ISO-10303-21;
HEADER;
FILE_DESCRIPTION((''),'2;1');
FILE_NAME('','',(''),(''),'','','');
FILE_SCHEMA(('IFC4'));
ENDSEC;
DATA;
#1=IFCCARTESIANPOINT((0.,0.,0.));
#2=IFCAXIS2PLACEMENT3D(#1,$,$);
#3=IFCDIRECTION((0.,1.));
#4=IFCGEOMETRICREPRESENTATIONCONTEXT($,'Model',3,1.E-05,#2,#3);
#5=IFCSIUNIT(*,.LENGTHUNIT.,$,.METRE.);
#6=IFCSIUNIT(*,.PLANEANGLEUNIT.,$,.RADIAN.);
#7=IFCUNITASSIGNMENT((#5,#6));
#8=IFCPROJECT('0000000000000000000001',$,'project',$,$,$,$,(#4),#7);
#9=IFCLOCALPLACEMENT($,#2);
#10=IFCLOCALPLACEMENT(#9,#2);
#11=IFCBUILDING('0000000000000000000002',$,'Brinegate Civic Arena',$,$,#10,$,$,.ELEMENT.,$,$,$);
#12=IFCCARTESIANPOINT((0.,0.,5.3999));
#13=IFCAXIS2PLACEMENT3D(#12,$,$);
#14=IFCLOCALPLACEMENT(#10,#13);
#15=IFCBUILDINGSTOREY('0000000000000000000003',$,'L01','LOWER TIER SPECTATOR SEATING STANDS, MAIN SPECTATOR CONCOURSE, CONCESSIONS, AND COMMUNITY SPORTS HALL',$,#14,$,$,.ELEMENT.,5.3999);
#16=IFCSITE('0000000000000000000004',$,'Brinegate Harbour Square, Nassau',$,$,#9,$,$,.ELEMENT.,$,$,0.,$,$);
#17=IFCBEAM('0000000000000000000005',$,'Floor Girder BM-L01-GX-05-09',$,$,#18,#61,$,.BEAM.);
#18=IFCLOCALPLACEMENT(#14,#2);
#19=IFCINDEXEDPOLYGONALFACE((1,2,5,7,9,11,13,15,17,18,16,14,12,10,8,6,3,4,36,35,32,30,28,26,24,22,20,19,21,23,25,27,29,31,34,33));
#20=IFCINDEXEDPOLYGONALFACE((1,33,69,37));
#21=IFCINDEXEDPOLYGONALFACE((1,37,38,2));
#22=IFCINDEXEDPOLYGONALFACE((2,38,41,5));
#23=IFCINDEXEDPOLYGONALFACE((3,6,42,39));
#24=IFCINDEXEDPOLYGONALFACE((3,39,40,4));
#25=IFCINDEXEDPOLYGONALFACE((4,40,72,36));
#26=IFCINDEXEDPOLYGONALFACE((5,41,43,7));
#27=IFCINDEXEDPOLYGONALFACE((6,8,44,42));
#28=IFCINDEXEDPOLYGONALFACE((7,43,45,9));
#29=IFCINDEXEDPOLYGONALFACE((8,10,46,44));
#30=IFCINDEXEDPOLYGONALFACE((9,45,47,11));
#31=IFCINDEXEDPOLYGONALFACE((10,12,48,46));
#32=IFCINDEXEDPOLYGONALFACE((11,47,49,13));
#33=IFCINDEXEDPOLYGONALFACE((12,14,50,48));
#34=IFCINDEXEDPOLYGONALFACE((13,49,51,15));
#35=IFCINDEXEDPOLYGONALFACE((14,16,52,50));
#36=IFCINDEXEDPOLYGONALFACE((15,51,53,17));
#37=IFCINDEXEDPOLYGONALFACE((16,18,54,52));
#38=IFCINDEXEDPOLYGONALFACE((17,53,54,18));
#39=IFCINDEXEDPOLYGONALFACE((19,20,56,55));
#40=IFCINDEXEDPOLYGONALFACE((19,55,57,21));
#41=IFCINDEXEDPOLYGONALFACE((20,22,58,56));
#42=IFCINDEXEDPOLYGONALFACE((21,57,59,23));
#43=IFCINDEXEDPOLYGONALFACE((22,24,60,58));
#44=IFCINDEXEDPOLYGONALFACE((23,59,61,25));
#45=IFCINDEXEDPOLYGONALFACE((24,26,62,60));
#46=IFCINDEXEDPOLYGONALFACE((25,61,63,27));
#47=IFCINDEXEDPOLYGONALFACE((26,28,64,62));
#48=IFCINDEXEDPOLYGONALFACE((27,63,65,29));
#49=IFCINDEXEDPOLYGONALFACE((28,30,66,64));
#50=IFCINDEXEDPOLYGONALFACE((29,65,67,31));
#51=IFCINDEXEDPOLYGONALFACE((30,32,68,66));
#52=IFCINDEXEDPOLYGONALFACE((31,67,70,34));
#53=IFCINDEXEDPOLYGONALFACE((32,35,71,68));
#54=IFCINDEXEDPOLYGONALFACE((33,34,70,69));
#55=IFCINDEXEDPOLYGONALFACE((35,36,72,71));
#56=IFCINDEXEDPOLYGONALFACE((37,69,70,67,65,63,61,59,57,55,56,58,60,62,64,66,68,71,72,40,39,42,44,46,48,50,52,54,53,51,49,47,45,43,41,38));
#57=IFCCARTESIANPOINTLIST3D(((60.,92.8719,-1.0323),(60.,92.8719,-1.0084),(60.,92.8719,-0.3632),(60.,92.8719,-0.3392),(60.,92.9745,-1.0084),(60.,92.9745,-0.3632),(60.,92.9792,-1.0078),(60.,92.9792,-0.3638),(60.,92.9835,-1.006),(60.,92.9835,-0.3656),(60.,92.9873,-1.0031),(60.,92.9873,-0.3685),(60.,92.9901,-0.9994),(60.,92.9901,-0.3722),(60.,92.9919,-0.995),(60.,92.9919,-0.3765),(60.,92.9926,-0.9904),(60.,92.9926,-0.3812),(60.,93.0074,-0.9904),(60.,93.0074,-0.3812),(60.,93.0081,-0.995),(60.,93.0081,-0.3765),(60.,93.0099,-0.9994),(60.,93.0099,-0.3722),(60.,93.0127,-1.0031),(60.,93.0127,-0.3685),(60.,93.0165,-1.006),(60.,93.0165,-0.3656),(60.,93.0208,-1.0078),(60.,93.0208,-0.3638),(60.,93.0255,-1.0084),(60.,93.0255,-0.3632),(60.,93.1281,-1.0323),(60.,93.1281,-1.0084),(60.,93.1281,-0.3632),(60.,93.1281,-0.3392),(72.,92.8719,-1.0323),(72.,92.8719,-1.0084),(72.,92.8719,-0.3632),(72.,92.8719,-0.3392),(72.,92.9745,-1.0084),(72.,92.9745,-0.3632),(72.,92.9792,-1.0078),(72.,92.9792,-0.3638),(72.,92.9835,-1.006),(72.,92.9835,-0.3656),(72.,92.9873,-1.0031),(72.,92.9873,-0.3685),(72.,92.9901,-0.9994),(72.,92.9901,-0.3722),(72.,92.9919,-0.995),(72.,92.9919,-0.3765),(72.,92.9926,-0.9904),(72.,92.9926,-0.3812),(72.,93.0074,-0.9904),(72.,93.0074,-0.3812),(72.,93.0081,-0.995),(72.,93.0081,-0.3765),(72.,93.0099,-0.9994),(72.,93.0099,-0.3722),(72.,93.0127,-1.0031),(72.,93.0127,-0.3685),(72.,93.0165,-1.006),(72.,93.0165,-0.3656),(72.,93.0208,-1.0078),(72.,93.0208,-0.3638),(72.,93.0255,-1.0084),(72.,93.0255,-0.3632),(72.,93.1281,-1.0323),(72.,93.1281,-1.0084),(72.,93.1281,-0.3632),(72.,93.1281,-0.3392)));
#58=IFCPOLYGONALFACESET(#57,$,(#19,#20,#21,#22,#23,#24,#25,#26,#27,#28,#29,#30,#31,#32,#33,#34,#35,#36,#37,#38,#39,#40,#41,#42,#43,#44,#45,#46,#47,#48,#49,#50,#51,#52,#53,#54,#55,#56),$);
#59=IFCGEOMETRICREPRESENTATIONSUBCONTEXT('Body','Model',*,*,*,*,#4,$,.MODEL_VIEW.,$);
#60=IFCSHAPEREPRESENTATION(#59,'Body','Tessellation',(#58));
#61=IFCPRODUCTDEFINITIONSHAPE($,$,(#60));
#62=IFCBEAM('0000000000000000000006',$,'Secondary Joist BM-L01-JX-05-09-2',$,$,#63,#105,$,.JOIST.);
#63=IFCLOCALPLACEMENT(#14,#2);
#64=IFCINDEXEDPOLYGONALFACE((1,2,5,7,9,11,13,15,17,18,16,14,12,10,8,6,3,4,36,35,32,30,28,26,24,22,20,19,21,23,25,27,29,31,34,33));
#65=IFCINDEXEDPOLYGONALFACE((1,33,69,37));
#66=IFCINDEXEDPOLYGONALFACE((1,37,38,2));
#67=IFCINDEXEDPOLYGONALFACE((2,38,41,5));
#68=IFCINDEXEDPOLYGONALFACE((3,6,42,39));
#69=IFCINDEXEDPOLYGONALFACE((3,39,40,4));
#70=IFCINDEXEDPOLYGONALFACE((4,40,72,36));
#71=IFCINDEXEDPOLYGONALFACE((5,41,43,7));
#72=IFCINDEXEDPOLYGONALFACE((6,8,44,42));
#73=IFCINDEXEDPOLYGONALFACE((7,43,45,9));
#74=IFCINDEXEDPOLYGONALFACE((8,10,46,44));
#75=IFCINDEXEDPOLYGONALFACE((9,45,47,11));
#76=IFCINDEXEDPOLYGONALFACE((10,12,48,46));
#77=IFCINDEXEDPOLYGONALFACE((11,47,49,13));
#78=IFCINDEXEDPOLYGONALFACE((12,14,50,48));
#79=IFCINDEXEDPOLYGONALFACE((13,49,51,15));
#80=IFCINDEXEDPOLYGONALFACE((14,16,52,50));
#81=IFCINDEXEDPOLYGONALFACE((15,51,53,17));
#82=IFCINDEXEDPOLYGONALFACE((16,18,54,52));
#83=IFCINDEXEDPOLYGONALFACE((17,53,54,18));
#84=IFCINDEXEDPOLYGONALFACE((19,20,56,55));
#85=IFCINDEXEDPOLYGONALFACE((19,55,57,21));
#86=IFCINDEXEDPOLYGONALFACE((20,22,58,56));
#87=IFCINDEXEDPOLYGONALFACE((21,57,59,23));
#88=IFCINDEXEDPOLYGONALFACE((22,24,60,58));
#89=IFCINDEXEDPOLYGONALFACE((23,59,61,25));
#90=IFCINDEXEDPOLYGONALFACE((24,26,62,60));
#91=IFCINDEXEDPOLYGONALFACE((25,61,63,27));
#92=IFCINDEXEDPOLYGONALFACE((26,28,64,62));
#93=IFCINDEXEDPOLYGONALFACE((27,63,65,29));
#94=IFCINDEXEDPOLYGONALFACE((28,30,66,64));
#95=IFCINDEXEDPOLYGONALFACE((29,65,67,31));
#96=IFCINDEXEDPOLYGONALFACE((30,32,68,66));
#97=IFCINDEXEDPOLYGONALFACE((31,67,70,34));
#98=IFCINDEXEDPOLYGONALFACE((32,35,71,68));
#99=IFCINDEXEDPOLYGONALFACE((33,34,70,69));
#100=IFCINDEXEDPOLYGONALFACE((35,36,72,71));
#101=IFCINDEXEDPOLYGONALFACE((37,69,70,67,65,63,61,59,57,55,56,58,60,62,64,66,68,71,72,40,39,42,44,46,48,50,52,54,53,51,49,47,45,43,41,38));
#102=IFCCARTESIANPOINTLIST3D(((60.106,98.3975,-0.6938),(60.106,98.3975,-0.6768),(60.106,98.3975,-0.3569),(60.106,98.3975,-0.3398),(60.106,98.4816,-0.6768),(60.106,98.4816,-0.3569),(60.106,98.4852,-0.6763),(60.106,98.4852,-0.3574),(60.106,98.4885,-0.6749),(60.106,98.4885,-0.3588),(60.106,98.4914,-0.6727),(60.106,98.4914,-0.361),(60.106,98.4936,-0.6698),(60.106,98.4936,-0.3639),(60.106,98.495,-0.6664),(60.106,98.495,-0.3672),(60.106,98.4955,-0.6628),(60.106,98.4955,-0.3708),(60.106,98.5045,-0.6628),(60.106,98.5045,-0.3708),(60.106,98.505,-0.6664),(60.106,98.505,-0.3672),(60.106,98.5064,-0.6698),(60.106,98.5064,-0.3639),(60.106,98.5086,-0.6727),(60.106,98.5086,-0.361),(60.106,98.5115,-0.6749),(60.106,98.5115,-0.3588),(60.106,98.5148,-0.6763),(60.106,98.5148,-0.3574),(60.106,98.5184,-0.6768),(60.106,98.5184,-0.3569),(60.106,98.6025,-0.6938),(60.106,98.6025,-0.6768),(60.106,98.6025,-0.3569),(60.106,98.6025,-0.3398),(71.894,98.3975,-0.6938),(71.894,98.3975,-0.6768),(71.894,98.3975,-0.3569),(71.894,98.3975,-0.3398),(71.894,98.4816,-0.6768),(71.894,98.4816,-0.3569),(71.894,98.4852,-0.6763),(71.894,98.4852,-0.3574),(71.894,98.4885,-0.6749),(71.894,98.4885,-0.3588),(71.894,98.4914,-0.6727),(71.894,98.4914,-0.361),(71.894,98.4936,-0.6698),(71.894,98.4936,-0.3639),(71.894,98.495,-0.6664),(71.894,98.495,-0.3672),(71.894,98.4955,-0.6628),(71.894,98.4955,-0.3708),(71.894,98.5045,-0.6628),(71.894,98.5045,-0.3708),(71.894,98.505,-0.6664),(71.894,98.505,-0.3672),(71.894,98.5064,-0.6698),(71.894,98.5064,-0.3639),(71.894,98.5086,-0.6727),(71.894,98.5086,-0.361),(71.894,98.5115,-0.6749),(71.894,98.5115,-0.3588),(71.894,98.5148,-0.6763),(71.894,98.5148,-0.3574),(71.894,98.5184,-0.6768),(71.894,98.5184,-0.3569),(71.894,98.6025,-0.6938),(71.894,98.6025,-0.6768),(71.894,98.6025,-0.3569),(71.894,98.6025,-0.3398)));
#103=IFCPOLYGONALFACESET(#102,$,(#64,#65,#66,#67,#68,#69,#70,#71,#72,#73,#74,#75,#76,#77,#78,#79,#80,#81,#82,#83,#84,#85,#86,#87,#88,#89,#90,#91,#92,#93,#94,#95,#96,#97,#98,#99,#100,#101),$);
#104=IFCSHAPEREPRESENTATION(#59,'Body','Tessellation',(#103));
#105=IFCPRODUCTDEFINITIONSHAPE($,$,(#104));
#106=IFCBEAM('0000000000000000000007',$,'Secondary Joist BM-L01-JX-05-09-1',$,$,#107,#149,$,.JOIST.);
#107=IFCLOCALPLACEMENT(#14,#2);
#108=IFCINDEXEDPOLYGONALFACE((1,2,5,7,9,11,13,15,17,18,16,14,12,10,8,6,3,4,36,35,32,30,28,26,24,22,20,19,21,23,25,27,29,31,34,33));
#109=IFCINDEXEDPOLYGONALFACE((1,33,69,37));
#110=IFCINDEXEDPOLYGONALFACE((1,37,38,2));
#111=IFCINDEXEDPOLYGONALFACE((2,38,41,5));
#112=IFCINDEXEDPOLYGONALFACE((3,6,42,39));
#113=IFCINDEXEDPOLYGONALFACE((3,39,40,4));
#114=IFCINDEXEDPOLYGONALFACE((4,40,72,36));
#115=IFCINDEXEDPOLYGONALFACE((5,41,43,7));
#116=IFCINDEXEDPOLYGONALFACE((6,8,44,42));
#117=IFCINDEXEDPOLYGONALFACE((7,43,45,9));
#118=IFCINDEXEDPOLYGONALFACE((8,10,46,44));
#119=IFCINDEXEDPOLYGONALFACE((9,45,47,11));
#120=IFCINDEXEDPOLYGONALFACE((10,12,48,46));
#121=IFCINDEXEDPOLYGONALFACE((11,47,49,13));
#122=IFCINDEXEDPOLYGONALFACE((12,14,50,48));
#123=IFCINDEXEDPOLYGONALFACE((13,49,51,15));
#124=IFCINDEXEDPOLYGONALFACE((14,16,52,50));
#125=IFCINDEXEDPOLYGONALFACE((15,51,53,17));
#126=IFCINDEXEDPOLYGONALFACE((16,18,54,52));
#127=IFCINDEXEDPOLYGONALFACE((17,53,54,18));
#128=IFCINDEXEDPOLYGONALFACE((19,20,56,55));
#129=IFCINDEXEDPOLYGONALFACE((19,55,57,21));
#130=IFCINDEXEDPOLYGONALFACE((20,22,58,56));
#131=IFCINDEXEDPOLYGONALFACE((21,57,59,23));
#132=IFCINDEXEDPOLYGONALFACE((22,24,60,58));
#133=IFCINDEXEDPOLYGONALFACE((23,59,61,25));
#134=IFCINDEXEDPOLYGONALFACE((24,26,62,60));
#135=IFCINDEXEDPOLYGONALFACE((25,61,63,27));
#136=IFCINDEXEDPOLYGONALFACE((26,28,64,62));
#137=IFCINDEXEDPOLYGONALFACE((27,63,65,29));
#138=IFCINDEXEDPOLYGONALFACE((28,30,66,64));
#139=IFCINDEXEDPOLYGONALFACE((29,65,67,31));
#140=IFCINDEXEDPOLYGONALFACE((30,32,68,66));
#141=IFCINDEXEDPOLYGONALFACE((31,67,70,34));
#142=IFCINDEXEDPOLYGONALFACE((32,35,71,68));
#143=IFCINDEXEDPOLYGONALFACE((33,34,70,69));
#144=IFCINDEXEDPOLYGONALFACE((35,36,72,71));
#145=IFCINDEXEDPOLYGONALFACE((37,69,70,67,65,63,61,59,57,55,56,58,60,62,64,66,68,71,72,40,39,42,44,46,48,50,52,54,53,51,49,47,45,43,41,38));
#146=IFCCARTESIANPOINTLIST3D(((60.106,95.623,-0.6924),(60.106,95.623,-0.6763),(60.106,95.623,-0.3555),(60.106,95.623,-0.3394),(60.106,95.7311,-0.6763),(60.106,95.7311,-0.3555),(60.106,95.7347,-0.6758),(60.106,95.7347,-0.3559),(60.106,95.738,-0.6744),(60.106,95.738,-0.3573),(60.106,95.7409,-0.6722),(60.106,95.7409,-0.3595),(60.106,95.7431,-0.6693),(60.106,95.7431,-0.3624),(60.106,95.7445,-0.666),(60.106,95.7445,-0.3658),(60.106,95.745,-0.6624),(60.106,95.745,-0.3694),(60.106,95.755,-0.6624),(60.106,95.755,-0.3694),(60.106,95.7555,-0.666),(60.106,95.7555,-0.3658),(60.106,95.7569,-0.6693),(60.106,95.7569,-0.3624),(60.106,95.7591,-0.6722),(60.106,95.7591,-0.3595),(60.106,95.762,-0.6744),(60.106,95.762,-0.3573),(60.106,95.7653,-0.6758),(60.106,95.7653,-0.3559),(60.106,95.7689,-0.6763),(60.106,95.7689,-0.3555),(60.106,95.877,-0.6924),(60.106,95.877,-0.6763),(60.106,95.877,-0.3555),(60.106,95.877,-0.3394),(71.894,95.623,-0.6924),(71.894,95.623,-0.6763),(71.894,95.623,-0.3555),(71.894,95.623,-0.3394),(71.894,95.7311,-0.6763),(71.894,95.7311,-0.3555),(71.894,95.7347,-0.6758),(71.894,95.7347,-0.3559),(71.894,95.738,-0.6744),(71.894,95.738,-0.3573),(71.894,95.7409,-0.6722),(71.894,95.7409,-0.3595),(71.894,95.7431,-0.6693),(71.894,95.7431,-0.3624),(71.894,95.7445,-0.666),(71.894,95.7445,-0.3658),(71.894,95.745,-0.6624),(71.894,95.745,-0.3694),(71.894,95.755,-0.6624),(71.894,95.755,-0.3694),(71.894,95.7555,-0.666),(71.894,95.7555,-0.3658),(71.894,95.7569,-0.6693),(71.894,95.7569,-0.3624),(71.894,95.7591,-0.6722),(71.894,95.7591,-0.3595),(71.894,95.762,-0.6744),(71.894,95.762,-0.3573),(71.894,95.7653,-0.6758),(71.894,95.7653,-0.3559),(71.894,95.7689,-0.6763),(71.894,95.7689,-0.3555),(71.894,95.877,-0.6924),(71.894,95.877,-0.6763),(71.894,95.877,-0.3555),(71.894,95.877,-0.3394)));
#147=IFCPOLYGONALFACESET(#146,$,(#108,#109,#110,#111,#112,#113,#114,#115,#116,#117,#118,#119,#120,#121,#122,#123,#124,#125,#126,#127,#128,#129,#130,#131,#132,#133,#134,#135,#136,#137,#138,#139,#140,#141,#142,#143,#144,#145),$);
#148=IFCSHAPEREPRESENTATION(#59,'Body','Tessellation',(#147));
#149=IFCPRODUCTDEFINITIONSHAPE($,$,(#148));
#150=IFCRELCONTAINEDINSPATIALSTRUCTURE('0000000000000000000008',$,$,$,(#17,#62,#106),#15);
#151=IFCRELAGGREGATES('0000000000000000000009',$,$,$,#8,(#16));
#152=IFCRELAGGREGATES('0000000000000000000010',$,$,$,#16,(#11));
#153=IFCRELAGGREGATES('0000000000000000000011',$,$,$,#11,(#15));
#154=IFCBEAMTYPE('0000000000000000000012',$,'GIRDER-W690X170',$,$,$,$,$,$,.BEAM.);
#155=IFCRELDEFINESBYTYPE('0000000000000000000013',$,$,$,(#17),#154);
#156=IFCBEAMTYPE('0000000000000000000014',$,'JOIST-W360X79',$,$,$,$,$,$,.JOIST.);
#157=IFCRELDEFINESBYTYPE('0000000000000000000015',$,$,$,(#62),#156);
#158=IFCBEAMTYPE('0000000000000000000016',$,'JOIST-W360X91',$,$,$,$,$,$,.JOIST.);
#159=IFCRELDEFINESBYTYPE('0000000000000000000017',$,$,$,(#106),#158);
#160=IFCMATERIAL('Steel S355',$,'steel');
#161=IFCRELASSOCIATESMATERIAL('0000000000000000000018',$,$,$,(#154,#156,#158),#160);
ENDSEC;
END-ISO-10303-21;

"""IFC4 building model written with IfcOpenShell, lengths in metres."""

from ifc_helpers import new_model, si_unit, direction, frame, origin, origin_2d, place, context, subcontext, project, spatial, i_section, extrude, material, material_profile, profile_set, type_object, element, save


model = new_model("IFC4")

# Units and contexts
model_context = context("Model", 3, precision=1e-05, world=origin(), true_north=direction((0.0, 1.0)))
body_context = subcontext(model_context, "Body", "Model", "MODEL_VIEW")
ifc_project = project(units=[si_unit("LENGTHUNIT", "METRE"), si_unit("PLANEANGLEUNIT", "RADIAN")], contexts=[model_context])

# Site, building, storey
site_placement = place(None, origin())
site = spatial("IfcSite", under=ifc_project, at=site_placement, Name="Brinegate Harbour Square, Nassau", CompositionType="ELEMENT", RefElevation=0.0)
building_placement = place(site_placement, origin())
building = spatial("IfcBuilding", under=site, at=building_placement, Name="Brinegate Civic Arena", CompositionType="ELEMENT")
storey_placement = place(building_placement, frame((0.0, 0.0, 5.3999)))
storey = spatial("IfcBuildingStorey", under=building, at=storey_placement, Name="L01", Description="LOWER TIER SPECTATOR SEATING STANDS, MAIN SPECTATOR CONCOURSE, CONCESSIONS, AND COMMUNITY SPORTS HALL", CompositionType="ELEMENT", Elevation=5.3999)

# Beams
ifc_material_1 = material(Name="Steel S355", Category="steel")
ifc_material_profile_1 = material_profile(ifc_material_1, i_section(OverallWidth=0.2561, OverallDepth=0.6931, WebThickness=0.0149, FlangeThickness=0.0239, FilletRadius=0.0181, at=origin_2d()), Name="W690X170")
ifc_profile_set_1 = profile_set([ifc_material_profile_1], Name="Steel S355")
beam_type_1 = type_object("IfcBeamType", Name="GIRDER-W690X170", PredefinedType="BEAM", material=ifc_profile_set_1)
beam_1_placement = place(storey_placement, frame((60.0, 93.0, -0.6858), z_axis=(1.0, 0.0, 0.0), x_axis=(0.0, 1.0, 0.0)))
element("IfcBeam", 1, at=beam_1_placement, inside=storey, type_object=beam_type_1, Name="Floor Girder BM-L01-GX-05-09", PredefinedType="BEAM", context=body_context, shape_type="SweptSolid", body=[
    extrude(i_section(OverallWidth=0.2561, OverallDepth=0.6931, WebThickness=0.0149, FlangeThickness=0.0239, FilletRadius=0.0181, at=origin_2d()), origin(), (0.0, 0.0, 1.0), 12.0),
])
ifc_material_profile_2 = material_profile(ifc_material_1, i_section(OverallWidth=0.2051, OverallDepth=0.354, WebThickness=0.009, FlangeThickness=0.0171, FilletRadius=0.0139, at=origin_2d()), Name="W360X79")
ifc_profile_set_2 = profile_set([ifc_material_profile_2], Name="Steel S355")
beam_type_2 = type_object("IfcBeamType", Name="JOIST-W360X79", PredefinedType="JOIST", material=ifc_profile_set_2)
beam_2_placement = place(storey_placement, frame((60.106, 98.5, -0.5168), z_axis=(1.0, 0.0, 0.0), x_axis=(0.0, 1.0, 0.0)))
element("IfcBeam", 2, at=beam_2_placement, inside=storey, type_object=beam_type_2, Name="Secondary Joist BM-L01-JX-05-09-2", PredefinedType="JOIST", context=body_context, shape_type="SweptSolid", body=[
    extrude(i_section(OverallWidth=0.2051, OverallDepth=0.354, WebThickness=0.009, FlangeThickness=0.0171, FilletRadius=0.0139, at=origin_2d()), origin(), (0.0, 0.0, 1.0), 11.7881),
])
ifc_material_profile_3 = material_profile(ifc_material_1, i_section(OverallWidth=0.2539, OverallDepth=0.353, WebThickness=0.01, FlangeThickness=0.0161, FilletRadius=0.0139, at=origin_2d()), Name="W360X91")
ifc_profile_set_3 = profile_set([ifc_material_profile_3], Name="Steel S355")
beam_type_3 = type_object("IfcBeamType", Name="JOIST-W360X91", PredefinedType="JOIST", material=ifc_profile_set_3)
beam_3_placement = place(storey_placement, frame((60.106, 95.75, -0.5159), z_axis=(1.0, 0.0, 0.0), x_axis=(0.0, 1.0, 0.0)))
element("IfcBeam", 3, at=beam_3_placement, inside=storey, type_object=beam_type_3, Name="Secondary Joist BM-L01-JX-05-09-1", PredefinedType="JOIST", context=body_context, shape_type="SweptSolid", body=[
    extrude(i_section(OverallWidth=0.2539, OverallDepth=0.353, WebThickness=0.01, FlangeThickness=0.0161, FilletRadius=0.0139, at=origin_2d()), origin(), (0.0, 0.0, 1.0), 11.7881),
])

save(model, "model.ifc")
